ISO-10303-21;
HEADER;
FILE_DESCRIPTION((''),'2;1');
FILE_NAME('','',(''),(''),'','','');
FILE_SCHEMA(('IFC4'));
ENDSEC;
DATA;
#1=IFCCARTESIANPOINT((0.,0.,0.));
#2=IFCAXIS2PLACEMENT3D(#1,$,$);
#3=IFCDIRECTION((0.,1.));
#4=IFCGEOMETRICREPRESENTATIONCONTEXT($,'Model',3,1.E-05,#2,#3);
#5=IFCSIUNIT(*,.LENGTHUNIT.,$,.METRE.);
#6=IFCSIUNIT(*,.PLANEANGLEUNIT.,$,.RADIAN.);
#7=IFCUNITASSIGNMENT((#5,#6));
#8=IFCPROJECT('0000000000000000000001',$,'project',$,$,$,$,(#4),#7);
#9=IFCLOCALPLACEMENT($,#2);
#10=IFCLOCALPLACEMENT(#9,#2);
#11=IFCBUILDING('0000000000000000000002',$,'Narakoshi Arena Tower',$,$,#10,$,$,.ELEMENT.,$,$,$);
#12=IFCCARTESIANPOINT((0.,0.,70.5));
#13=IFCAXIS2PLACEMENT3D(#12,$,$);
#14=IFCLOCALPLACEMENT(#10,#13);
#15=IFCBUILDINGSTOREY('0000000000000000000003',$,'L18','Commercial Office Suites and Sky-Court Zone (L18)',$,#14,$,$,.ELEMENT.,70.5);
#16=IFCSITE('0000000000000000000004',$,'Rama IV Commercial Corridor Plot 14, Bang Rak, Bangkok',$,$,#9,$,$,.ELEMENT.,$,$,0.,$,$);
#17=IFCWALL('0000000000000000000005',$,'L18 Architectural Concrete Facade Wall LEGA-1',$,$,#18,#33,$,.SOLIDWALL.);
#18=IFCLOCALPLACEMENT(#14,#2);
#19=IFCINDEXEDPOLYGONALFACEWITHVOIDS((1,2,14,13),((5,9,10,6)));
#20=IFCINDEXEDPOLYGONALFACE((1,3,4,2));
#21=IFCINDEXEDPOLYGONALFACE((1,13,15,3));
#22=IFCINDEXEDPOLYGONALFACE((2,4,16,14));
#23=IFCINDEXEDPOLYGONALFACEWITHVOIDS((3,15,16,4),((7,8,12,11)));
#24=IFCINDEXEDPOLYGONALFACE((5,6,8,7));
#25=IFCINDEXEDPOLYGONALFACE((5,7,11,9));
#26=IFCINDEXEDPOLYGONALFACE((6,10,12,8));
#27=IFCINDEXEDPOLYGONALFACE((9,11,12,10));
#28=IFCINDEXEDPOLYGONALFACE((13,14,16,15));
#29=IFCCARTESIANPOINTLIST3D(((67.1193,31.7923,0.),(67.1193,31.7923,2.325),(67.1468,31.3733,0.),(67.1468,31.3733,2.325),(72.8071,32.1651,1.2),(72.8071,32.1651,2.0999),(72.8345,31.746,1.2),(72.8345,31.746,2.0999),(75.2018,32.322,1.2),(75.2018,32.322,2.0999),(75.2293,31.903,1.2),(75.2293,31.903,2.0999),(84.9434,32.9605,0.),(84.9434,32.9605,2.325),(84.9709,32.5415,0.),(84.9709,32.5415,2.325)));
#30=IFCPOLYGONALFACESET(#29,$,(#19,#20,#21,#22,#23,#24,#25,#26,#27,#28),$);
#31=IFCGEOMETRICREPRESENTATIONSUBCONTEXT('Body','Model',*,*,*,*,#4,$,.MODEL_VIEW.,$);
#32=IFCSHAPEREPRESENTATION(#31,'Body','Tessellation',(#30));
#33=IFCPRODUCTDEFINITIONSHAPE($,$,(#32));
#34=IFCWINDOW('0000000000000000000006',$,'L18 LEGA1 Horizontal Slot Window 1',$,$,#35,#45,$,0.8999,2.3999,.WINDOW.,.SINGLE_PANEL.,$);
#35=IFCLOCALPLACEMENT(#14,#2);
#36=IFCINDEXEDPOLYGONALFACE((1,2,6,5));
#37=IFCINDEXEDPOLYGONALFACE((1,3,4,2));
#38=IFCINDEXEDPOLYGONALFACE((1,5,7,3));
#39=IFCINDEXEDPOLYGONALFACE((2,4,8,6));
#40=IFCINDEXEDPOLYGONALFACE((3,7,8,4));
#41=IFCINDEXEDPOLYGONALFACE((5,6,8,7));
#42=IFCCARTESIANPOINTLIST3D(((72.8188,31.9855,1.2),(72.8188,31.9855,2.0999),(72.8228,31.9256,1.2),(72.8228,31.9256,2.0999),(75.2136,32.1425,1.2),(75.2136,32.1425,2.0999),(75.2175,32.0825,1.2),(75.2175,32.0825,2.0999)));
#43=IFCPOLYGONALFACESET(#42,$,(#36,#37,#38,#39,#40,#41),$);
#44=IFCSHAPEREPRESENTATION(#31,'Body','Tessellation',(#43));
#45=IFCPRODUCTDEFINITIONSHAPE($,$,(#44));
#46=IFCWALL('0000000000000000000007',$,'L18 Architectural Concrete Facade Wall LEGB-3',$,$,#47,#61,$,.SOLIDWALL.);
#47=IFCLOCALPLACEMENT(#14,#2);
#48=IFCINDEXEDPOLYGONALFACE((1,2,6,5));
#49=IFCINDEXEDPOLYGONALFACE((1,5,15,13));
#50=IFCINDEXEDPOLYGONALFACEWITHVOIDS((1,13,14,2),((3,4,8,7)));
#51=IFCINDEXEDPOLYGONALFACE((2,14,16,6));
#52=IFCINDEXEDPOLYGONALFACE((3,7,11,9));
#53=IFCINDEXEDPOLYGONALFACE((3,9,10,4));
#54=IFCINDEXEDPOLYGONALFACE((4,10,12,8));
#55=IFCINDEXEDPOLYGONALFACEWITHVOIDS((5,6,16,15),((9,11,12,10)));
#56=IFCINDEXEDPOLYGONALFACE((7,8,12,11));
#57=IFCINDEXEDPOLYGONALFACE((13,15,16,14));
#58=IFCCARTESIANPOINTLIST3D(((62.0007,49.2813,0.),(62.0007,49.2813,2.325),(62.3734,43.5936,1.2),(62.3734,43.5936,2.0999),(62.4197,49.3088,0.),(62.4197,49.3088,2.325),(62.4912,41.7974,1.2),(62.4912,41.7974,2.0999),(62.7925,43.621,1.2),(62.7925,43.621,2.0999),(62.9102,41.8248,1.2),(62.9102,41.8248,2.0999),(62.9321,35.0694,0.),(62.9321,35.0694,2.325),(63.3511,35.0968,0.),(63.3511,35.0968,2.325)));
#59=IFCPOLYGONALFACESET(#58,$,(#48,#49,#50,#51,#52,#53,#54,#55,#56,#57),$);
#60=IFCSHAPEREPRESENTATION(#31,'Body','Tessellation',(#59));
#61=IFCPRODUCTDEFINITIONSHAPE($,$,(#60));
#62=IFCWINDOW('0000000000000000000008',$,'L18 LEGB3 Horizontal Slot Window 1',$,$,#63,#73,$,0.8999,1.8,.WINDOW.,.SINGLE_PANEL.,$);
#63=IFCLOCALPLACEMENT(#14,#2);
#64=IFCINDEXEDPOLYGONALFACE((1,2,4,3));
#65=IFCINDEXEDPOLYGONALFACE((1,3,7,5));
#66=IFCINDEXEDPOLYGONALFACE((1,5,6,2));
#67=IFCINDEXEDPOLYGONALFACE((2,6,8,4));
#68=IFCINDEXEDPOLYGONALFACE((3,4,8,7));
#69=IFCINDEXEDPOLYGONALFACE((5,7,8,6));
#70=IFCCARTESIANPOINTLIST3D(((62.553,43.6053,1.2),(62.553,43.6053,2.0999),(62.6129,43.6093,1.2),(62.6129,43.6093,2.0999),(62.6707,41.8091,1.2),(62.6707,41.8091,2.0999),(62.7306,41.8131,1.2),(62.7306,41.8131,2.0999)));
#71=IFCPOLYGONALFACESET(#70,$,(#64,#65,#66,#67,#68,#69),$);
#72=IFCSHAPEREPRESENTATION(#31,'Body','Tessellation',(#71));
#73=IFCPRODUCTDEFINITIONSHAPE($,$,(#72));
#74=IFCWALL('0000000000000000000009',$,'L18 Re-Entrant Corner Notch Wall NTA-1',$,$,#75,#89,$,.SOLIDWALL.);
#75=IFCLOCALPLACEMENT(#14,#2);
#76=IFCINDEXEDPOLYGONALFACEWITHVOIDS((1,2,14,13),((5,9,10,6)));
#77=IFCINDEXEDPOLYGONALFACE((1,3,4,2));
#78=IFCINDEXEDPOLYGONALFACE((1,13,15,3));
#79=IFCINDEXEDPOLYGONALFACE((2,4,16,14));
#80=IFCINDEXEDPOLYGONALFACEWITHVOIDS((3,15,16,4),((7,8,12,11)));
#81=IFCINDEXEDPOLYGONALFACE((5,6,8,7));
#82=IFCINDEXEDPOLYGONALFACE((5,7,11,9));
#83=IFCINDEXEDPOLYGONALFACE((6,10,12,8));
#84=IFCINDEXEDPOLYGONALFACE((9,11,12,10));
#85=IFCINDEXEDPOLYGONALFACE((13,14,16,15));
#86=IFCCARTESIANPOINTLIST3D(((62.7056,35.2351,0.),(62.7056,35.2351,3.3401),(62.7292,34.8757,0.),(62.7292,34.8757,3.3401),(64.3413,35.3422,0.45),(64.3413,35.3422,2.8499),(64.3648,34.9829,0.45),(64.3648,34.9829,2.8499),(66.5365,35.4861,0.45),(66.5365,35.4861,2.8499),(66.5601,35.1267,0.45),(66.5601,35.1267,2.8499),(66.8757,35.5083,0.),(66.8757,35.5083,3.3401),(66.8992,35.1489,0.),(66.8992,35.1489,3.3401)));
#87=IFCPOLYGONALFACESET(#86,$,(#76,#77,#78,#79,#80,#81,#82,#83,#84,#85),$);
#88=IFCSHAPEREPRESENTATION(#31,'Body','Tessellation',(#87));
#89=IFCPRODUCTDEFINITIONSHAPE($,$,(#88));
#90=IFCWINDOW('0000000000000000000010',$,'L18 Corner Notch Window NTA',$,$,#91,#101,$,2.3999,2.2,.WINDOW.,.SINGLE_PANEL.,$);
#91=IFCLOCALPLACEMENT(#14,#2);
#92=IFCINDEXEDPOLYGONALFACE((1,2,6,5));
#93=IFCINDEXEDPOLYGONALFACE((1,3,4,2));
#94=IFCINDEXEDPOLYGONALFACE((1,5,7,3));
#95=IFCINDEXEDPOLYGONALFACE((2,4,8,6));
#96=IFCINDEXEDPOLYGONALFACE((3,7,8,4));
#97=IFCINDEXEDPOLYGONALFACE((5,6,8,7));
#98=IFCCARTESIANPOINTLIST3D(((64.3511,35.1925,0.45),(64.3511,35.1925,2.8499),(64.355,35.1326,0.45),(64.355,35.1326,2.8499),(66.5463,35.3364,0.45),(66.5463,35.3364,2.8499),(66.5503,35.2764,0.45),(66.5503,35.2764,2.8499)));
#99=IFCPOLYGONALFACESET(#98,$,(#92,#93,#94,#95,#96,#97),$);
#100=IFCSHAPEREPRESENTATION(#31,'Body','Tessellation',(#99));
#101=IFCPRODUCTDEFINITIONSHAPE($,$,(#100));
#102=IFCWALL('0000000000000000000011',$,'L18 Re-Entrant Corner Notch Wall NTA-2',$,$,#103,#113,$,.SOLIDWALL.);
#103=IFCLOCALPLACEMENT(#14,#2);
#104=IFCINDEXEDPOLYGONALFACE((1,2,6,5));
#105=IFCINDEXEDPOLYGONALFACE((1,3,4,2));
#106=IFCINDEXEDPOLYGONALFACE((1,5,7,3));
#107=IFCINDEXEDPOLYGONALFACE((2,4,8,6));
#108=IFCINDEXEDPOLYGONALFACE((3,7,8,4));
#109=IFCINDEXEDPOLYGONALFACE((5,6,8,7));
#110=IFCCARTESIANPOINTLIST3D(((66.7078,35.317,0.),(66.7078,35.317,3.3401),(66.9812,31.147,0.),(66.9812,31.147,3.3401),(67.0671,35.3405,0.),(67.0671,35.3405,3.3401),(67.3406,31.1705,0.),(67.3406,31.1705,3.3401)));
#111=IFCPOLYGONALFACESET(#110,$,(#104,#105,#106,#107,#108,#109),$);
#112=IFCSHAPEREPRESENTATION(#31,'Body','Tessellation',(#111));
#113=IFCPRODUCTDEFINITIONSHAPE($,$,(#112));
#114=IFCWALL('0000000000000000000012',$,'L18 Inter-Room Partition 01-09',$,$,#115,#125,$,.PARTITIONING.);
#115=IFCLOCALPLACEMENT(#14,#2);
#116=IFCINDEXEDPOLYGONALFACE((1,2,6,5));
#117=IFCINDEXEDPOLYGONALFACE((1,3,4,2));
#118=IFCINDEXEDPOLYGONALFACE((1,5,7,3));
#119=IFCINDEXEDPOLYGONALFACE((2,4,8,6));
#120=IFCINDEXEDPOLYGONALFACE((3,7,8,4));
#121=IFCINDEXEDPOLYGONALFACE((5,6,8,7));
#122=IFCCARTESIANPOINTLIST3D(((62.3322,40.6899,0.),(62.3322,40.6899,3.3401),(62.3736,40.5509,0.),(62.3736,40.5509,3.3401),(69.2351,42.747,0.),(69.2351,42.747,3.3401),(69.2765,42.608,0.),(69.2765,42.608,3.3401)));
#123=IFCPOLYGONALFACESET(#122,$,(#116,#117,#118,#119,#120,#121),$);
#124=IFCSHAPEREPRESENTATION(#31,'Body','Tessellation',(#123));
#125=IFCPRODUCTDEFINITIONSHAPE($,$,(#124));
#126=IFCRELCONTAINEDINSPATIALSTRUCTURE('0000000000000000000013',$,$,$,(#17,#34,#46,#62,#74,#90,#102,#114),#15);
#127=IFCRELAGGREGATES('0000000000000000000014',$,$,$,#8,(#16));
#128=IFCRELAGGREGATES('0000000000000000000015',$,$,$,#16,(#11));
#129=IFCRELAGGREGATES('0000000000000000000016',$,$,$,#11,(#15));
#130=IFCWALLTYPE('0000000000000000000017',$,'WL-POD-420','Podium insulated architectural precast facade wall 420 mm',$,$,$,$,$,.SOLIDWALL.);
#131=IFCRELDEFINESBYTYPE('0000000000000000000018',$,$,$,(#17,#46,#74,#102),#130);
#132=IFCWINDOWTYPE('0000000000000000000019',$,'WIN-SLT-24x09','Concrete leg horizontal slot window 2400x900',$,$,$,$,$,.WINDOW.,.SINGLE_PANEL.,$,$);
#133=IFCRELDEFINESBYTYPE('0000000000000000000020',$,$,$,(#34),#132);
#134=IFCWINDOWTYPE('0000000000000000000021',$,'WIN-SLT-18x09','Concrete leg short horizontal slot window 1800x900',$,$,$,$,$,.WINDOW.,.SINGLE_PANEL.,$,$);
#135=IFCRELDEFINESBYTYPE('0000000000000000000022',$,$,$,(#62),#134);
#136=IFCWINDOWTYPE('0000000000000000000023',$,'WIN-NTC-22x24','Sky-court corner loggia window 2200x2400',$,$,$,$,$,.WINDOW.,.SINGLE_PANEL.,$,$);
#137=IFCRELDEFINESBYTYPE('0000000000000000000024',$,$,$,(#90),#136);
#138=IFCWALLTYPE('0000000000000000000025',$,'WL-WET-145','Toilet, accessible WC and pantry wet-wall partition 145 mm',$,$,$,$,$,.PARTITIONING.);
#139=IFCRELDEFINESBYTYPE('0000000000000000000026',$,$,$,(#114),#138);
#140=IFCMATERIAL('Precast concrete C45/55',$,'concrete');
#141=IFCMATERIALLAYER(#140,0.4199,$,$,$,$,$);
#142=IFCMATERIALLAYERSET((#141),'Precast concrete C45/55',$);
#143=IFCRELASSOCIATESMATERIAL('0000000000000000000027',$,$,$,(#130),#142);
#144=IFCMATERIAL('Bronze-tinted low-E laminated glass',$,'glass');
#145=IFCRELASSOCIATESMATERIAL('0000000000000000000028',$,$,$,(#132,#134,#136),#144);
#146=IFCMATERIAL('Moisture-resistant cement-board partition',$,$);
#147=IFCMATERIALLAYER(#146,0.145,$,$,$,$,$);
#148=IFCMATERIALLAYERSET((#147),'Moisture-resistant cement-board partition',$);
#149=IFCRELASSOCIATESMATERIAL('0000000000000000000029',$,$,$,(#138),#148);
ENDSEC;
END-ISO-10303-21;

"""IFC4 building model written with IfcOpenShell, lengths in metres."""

from ifc_helpers import new_model, si_unit, direction, frame, frame_2d, origin, place, context, subcontext, project, spatial, rectangle, extrude, material, layer, layer_set, type_object, element, fill, save


model = new_model("IFC4")

# Units and contexts
model_context = context("Model", 3, precision=1e-05, world=origin(), true_north=direction((0.0, 1.0)))
body_context = subcontext(model_context, "Body", "Model", "MODEL_VIEW")
ifc_project = project(units=[si_unit("LENGTHUNIT", "METRE"), si_unit("PLANEANGLEUNIT", "RADIAN")], contexts=[model_context])

# Site, building, storey
site_placement = place(None, origin())
site = spatial("IfcSite", under=ifc_project, at=site_placement, Name="Rama IV Commercial Corridor Plot 14, Bang Rak, Bangkok", CompositionType="ELEMENT", RefElevation=0.0)
building_placement = place(site_placement, origin())
building = spatial("IfcBuilding", under=site, at=building_placement, Name="Narakoshi Arena Tower", CompositionType="ELEMENT")
storey_placement = place(building_placement, frame((0.0, 0.0, 70.5)))
storey = spatial("IfcBuildingStorey", under=building, at=storey_placement, Name="L18", Description="Commercial Office Suites and Sky-Court Zone (L18)", CompositionType="ELEMENT", Elevation=70.5)

# Walls, openings, windows
ifc_material_1 = material(Name="Precast concrete C45/55", Category="concrete")
ifc_layer_1 = layer(ifc_material_1, 0.4199)
ifc_layer_set_1 = layer_set([ifc_layer_1], Name="Precast concrete C45/55")
wall_type_1 = type_object("IfcWallType", Name="WL-POD-420", Description="Podium insulated architectural precast facade wall 420 mm", PredefinedType="SOLIDWALL", material=ifc_layer_set_1)
wall_1_placement = place(storey_placement, frame((67.1331, 31.5828, 0.0), z_axis=(0.0, 0.0, 1.0), x_axis=(0.997859, 0.065401, 0.0)))
wall_1 = element("IfcWall", 1, at=wall_1_placement, inside=storey, type_object=wall_type_1, Name="L18 Architectural Concrete Facade Wall LEGA-1", PredefinedType="SOLIDWALL", context=body_context, shape_type="SweptSolid", body=[
    extrude(rectangle(XDim=17.8623, YDim=0.4199, at=frame_2d((8.9312, 0.0))), origin(), (0.0, 0.0, 1.0), 2.325),
])
opening_1_placement = place(wall_1_placement, frame((5.7, 0.0, 1.2)))
opening_1 = element("IfcOpeningElement", 2, at=opening_1_placement, cuts=wall_1, PredefinedType="OPENING", context=body_context, shape_type="SweptSolid", body=[
    extrude(rectangle(XDim=2.3999, YDim=0.8999, at=frame_2d((1.2, 0.45))), frame((0.0, 0.22, 0.0), z_axis=(0.0, -1.0, 0.0), x_axis=(1.0, 0.0, 0.0)), (0.0, 0.0, 1.0), 0.4399),
])
ifc_material_2 = material(Name="Bronze-tinted low-E laminated glass", Category="glass")
window_type_1 = type_object("IfcWindowType", Name="WIN-SLT-24x09", Description="Concrete leg horizontal slot window 2400x900", PartitioningType="SINGLE_PANEL", PredefinedType="WINDOW", material=ifc_material_2)
window_1_placement = place(opening_1_placement, origin())
window_1 = element("IfcWindow", 3, at=window_1_placement, inside=storey, type_object=window_type_1, Name="L18 LEGA1 Horizontal Slot Window 1", OverallHeight=0.8999, OverallWidth=2.3999, PartitioningType="SINGLE_PANEL", PredefinedType="WINDOW", context=body_context, shape_type="SweptSolid", body=[
    extrude(rectangle(XDim=2.3999, YDim=0.8999, at=frame_2d((1.2, 0.45))), frame((0.0, 0.03, 0.0), z_axis=(0.0, -1.0, 0.0), x_axis=(1.0, 0.0, 0.0)), (0.0, 0.0, 1.0), 0.0601),
])
fill(opening_1, window_1)
wall_2_placement = place(storey_placement, frame((62.2102, 49.2949, 0.0), z_axis=(0.0, 0.0, 1.0), x_axis=(0.065396, -0.997859, 0.0)))
wall_2 = element("IfcWall", 4, at=wall_2_placement, inside=storey, type_object=wall_type_1, Name="L18 Architectural Concrete Facade Wall LEGB-3", PredefinedType="SOLIDWALL", context=body_context, shape_type="SweptSolid", body=[
    extrude(rectangle(XDim=14.2424, YDim=0.4199, at=frame_2d((7.1211, 0.0))), origin(), (0.0, 0.0, 1.0), 2.325),
])
opening_2_placement = place(wall_2_placement, frame((5.7, 0.0, 1.2)))
opening_2 = element("IfcOpeningElement", 5, at=opening_2_placement, cuts=wall_2, PredefinedType="OPENING", context=body_context, shape_type="SweptSolid", body=[
    extrude(rectangle(XDim=1.8, YDim=0.8999, at=frame_2d((0.8999, 0.45))), frame((0.0, 0.22, 0.0), z_axis=(0.0, -1.0, 0.0), x_axis=(1.0, 0.0, 0.0)), (0.0, 0.0, 1.0), 0.4399),
])
window_type_2 = type_object("IfcWindowType", Name="WIN-SLT-18x09", Description="Concrete leg short horizontal slot window 1800x900", PartitioningType="SINGLE_PANEL", PredefinedType="WINDOW", material=ifc_material_2)
window_2_placement = place(opening_2_placement, origin())
window_2 = element("IfcWindow", 6, at=window_2_placement, inside=storey, type_object=window_type_2, Name="L18 LEGB3 Horizontal Slot Window 1", OverallHeight=0.8999, OverallWidth=1.8, PartitioningType="SINGLE_PANEL", PredefinedType="WINDOW", context=body_context, shape_type="SweptSolid", body=[
    extrude(rectangle(XDim=1.8, YDim=0.8999, at=frame_2d((0.8999, 0.45))), frame((0.0, 0.03, 0.0), z_axis=(0.0, -1.0, 0.0), x_axis=(1.0, 0.0, 0.0)), (0.0, 0.0, 1.0), 0.0601),
])
fill(opening_2, window_2)
wall_3_placement = place(storey_placement, frame((62.7175, 35.0554, 0.0), z_axis=(0.0, 0.0, 1.0), x_axis=(0.997861, 0.065375, 0.0)))
wall_3 = element("IfcWall", 7, at=wall_3_placement, inside=storey, type_object=wall_type_1, Name="L18 Re-Entrant Corner Notch Wall NTA-1", PredefinedType="SOLIDWALL", context=body_context, shape_type="SweptSolid", body=[
    extrude(rectangle(XDim=4.179, YDim=0.3601, at=frame_2d((2.0894, 0.0))), origin(), (0.0, 0.0, 1.0), 3.3401),
])
opening_3_placement = place(wall_3_placement, frame((1.6389, 0.0, 0.45)))
opening_3 = element("IfcOpeningElement", 8, at=opening_3_placement, cuts=wall_3, PredefinedType="OPENING", context=body_context, shape_type="SweptSolid", body=[
    extrude(rectangle(XDim=2.2, YDim=2.3999, at=frame_2d((1.1001, 1.2))), frame((0.0, 0.1899, 0.0), z_axis=(0.0, -1.0, 0.0), x_axis=(1.0, 0.0, 0.0)), (0.0, 0.0, 1.0), 0.3801),
])
window_type_3 = type_object("IfcWindowType", Name="WIN-NTC-22x24", Description="Sky-court corner loggia window 2200x2400", PartitioningType="SINGLE_PANEL", PredefinedType="WINDOW", material=ifc_material_2)
window_3_placement = place(opening_3_placement, origin())
window_3 = element("IfcWindow", 9, at=window_3_placement, inside=storey, type_object=window_type_3, Name="L18 Corner Notch Window NTA", OverallHeight=2.3999, OverallWidth=2.2, PartitioningType="SINGLE_PANEL", PredefinedType="WINDOW", context=body_context, shape_type="SweptSolid", body=[
    extrude(rectangle(XDim=2.2, YDim=2.3999, at=frame_2d((1.1001, 1.2))), frame((0.0, 0.03, 0.0), z_axis=(0.0, -1.0, 0.0), x_axis=(1.0, 0.0, 0.0)), (0.0, 0.0, 1.0), 0.0601),
])
fill(opening_3, window_3)

# Walls
wall_4_placement = place(storey_placement, frame((66.8875, 35.3286, 0.0), z_axis=(0.0, 0.0, 1.0), x_axis=(0.065433, -0.997857, 0.0)))
element("IfcWall", 10, at=wall_4_placement, inside=storey, type_object=wall_type_1, Name="L18 Re-Entrant Corner Notch Wall NTA-2", PredefinedType="SOLIDWALL", context=body_context, shape_type="SweptSolid", body=[
    extrude(rectangle(XDim=4.179, YDim=0.3601, at=frame_2d((2.0894, 0.0))), origin(), (0.0, 0.0, 1.0), 3.3401),
])
ifc_material_3 = material(Name="Moisture-resistant cement-board partition")
ifc_layer_2 = layer(ifc_material_3, 0.145)
ifc_layer_set_2 = layer_set([ifc_layer_2], Name="Moisture-resistant cement-board partition")
wall_type_2 = type_object("IfcWallType", Name="WL-WET-145", Description="Toilet, accessible WC and pantry wet-wall partition 145 mm", PredefinedType="PARTITIONING", material=ifc_layer_set_2)
wall_5_placement = place(storey_placement, frame((62.3528, 40.6204, 0.0), z_axis=(0.0, 0.0, 1.0), x_axis=(0.958349, 0.2856, 0.0)))
element("IfcWall", 11, at=wall_5_placement, inside=storey, type_object=wall_type_2, Name="L18 Inter-Room Partition 01-09", PredefinedType="PARTITIONING", context=body_context, shape_type="SweptSolid", body=[
    extrude(rectangle(XDim=7.2029, YDim=0.145, at=frame_2d((3.6016, 0.0))), origin(), (0.0, 0.0, 1.0), 3.3401),
])

save(model, "model.ifc")
